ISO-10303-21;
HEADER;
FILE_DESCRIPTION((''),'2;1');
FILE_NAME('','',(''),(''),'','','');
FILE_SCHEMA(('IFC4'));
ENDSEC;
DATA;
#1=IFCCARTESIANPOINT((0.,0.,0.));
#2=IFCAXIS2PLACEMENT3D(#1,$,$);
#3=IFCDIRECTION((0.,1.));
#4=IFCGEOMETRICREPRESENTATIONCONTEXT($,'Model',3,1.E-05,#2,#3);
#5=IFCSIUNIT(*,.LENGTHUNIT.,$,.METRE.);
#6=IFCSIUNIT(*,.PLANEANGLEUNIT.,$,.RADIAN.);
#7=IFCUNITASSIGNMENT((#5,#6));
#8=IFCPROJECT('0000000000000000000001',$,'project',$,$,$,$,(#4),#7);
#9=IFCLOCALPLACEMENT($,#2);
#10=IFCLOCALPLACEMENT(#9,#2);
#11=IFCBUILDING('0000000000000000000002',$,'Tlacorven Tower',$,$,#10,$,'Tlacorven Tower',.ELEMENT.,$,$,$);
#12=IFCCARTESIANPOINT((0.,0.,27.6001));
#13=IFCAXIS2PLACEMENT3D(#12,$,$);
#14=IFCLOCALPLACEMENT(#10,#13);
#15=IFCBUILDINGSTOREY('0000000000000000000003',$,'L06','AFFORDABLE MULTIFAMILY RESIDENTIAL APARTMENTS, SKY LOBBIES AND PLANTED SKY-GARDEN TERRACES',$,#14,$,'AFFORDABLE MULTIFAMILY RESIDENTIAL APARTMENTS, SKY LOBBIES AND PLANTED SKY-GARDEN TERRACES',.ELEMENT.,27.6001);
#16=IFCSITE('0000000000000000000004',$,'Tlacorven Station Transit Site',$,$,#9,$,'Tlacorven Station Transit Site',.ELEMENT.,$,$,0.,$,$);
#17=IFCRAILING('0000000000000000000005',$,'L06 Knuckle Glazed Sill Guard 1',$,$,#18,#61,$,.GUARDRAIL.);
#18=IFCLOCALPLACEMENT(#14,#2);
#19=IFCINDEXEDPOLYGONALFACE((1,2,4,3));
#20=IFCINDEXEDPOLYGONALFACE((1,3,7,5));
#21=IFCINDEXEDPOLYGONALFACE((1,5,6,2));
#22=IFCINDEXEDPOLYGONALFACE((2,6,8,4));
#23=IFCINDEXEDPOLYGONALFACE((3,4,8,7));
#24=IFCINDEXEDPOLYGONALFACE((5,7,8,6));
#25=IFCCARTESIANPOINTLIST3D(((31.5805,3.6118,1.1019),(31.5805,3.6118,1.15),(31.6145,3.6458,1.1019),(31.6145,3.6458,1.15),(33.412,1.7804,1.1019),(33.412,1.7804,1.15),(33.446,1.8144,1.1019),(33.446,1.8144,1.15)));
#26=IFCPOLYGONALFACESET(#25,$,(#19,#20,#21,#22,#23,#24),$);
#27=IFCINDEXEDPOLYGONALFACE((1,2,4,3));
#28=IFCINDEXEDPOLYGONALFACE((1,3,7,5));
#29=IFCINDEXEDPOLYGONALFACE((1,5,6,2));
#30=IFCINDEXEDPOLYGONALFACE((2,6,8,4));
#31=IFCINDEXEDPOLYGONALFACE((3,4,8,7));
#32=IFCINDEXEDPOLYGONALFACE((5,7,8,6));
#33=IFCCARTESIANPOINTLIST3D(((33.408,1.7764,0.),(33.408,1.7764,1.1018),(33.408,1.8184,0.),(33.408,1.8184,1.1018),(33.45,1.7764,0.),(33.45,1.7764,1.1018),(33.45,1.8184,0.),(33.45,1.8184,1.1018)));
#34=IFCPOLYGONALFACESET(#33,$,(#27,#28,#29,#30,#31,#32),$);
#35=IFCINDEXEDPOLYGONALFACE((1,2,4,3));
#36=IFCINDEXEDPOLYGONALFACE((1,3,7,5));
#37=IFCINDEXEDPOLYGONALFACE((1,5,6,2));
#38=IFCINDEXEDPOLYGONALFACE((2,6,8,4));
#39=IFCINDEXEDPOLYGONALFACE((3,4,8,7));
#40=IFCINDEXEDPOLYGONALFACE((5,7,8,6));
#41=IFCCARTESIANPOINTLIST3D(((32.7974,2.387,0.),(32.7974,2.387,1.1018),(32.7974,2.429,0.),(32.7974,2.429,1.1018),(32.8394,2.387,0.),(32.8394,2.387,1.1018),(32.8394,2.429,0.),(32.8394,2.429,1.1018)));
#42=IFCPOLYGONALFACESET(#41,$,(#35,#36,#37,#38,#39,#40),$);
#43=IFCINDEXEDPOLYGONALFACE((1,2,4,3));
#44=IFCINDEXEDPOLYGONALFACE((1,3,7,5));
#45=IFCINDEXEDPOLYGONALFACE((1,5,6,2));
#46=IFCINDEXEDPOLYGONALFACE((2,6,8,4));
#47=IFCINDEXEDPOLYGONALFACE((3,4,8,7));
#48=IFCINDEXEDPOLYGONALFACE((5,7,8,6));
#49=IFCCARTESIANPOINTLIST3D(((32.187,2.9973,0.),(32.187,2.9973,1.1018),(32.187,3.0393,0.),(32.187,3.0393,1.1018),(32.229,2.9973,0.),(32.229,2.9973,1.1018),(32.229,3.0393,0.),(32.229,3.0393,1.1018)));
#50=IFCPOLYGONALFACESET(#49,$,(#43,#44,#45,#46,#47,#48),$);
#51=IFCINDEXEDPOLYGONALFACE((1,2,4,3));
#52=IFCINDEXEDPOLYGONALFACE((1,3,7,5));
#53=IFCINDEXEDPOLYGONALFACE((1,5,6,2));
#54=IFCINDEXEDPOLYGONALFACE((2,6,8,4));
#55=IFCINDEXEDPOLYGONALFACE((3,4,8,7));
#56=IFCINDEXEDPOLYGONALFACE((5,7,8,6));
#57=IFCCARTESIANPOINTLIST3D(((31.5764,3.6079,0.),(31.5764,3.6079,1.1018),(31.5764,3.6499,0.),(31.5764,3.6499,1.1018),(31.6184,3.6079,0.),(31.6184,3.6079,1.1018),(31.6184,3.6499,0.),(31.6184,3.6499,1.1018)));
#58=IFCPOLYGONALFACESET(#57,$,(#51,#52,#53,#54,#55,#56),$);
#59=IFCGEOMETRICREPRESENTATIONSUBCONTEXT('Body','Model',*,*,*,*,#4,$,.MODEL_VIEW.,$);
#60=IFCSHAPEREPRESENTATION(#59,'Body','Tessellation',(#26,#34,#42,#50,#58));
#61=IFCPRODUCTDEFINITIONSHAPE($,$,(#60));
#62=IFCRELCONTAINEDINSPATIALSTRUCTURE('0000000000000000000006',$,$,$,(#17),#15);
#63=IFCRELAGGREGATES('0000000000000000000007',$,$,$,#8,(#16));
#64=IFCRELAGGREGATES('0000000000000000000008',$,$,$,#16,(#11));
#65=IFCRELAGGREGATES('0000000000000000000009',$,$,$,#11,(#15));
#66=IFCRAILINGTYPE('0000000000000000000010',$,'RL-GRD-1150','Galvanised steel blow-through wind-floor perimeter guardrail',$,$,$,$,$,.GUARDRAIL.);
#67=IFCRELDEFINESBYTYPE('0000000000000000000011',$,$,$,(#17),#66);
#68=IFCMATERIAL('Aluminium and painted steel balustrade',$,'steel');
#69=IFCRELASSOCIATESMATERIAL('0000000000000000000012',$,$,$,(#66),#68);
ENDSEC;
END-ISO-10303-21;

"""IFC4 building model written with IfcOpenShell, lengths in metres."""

from ifc_helpers import new_model, si_unit, direction, frame, origin, origin_2d, place, context, subcontext, project, spatial, rectangle, extrude, source, transform, mapped, material, type_object, element, save


model = new_model("IFC4")

# Units and contexts
model_context = context("Model", 3, precision=1e-05, world=origin(), true_north=direction((0.0, 1.0)))
body_context = subcontext(model_context, "Body", "Model", "MODEL_VIEW")
ifc_project = project(units=[si_unit("LENGTHUNIT", "METRE"), si_unit("PLANEANGLEUNIT", "RADIAN")], contexts=[model_context])

# Site, building, storey
site_placement = place(None, origin())
site = spatial("IfcSite", under=ifc_project, at=site_placement, Name="Tlacorven Station Transit Site", LongName="Tlacorven Station Transit Site", CompositionType="ELEMENT", RefElevation=0.0)
building_placement = place(site_placement, origin())
building = spatial("IfcBuilding", under=site, at=building_placement, Name="Tlacorven Tower", LongName="Tlacorven Tower", CompositionType="ELEMENT")
storey_placement = place(building_placement, frame((0.0, 0.0, 27.6001)))
storey = spatial("IfcBuildingStorey", under=building, at=storey_placement, Name="L06", Description="AFFORDABLE MULTIFAMILY RESIDENTIAL APARTMENTS, SKY LOBBIES AND PLANTED SKY-GARDEN TERRACES", LongName="AFFORDABLE MULTIFAMILY RESIDENTIAL APARTMENTS, SKY LOBBIES AND PLANTED SKY-GARDEN TERRACES", CompositionType="ELEMENT", Elevation=27.6001)

# Railing
ifc_material_1 = material(Name="Aluminium and painted steel balustrade", Category="steel")
railing_type = type_object("IfcRailingType", Name="RL-GRD-1150", Description="Galvanised steel blow-through wind-floor perimeter guardrail", PredefinedType="GUARDRAIL", material=ifc_material_1)
shared_shape_1 = source(origin(), body_context, "Body", "SweptSolid", [
    extrude(rectangle(XDim=0.0481, YDim=0.0481, at=origin_2d()), frame((0.0, 0.0, 1.126), z_axis=(-0.707107, 0.707107, 0.0), x_axis=(-0.707107, -0.707107, 0.0)), (0.0, 0.0, 1.0), 2.5901),
    extrude(rectangle(XDim=0.042, YDim=0.042, at=origin_2d()), origin(), (0.0, 0.0, 1.0), 1.1018),
    extrude(rectangle(XDim=0.042, YDim=0.042, at=origin_2d()), frame((-0.6106, 0.6106, 0.0)), (0.0, 0.0, 1.0), 1.1018),
    extrude(rectangle(XDim=0.042, YDim=0.042, at=origin_2d()), frame((-1.2209, 1.2209, 0.0)), (0.0, 0.0, 1.0), 1.1018),
    extrude(rectangle(XDim=0.042, YDim=0.042, at=origin_2d()), frame((-1.8315, 1.8315, 0.0)), (0.0, 0.0, 1.0), 1.1018),
])
railing_placement = place(storey_placement, frame((33.429, 1.7974, 0.0)))
element("IfcRailing", 1, at=railing_placement, inside=storey, type_object=railing_type, Name="L06 Knuckle Glazed Sill Guard 1", PredefinedType="GUARDRAIL", context=body_context, shape_type="MappedRepresentation", body=[
    mapped(shared_shape_1, transform((0.0, 0.0, 0.0), scale=1.0)),
])

save(model, "model.ifc")
